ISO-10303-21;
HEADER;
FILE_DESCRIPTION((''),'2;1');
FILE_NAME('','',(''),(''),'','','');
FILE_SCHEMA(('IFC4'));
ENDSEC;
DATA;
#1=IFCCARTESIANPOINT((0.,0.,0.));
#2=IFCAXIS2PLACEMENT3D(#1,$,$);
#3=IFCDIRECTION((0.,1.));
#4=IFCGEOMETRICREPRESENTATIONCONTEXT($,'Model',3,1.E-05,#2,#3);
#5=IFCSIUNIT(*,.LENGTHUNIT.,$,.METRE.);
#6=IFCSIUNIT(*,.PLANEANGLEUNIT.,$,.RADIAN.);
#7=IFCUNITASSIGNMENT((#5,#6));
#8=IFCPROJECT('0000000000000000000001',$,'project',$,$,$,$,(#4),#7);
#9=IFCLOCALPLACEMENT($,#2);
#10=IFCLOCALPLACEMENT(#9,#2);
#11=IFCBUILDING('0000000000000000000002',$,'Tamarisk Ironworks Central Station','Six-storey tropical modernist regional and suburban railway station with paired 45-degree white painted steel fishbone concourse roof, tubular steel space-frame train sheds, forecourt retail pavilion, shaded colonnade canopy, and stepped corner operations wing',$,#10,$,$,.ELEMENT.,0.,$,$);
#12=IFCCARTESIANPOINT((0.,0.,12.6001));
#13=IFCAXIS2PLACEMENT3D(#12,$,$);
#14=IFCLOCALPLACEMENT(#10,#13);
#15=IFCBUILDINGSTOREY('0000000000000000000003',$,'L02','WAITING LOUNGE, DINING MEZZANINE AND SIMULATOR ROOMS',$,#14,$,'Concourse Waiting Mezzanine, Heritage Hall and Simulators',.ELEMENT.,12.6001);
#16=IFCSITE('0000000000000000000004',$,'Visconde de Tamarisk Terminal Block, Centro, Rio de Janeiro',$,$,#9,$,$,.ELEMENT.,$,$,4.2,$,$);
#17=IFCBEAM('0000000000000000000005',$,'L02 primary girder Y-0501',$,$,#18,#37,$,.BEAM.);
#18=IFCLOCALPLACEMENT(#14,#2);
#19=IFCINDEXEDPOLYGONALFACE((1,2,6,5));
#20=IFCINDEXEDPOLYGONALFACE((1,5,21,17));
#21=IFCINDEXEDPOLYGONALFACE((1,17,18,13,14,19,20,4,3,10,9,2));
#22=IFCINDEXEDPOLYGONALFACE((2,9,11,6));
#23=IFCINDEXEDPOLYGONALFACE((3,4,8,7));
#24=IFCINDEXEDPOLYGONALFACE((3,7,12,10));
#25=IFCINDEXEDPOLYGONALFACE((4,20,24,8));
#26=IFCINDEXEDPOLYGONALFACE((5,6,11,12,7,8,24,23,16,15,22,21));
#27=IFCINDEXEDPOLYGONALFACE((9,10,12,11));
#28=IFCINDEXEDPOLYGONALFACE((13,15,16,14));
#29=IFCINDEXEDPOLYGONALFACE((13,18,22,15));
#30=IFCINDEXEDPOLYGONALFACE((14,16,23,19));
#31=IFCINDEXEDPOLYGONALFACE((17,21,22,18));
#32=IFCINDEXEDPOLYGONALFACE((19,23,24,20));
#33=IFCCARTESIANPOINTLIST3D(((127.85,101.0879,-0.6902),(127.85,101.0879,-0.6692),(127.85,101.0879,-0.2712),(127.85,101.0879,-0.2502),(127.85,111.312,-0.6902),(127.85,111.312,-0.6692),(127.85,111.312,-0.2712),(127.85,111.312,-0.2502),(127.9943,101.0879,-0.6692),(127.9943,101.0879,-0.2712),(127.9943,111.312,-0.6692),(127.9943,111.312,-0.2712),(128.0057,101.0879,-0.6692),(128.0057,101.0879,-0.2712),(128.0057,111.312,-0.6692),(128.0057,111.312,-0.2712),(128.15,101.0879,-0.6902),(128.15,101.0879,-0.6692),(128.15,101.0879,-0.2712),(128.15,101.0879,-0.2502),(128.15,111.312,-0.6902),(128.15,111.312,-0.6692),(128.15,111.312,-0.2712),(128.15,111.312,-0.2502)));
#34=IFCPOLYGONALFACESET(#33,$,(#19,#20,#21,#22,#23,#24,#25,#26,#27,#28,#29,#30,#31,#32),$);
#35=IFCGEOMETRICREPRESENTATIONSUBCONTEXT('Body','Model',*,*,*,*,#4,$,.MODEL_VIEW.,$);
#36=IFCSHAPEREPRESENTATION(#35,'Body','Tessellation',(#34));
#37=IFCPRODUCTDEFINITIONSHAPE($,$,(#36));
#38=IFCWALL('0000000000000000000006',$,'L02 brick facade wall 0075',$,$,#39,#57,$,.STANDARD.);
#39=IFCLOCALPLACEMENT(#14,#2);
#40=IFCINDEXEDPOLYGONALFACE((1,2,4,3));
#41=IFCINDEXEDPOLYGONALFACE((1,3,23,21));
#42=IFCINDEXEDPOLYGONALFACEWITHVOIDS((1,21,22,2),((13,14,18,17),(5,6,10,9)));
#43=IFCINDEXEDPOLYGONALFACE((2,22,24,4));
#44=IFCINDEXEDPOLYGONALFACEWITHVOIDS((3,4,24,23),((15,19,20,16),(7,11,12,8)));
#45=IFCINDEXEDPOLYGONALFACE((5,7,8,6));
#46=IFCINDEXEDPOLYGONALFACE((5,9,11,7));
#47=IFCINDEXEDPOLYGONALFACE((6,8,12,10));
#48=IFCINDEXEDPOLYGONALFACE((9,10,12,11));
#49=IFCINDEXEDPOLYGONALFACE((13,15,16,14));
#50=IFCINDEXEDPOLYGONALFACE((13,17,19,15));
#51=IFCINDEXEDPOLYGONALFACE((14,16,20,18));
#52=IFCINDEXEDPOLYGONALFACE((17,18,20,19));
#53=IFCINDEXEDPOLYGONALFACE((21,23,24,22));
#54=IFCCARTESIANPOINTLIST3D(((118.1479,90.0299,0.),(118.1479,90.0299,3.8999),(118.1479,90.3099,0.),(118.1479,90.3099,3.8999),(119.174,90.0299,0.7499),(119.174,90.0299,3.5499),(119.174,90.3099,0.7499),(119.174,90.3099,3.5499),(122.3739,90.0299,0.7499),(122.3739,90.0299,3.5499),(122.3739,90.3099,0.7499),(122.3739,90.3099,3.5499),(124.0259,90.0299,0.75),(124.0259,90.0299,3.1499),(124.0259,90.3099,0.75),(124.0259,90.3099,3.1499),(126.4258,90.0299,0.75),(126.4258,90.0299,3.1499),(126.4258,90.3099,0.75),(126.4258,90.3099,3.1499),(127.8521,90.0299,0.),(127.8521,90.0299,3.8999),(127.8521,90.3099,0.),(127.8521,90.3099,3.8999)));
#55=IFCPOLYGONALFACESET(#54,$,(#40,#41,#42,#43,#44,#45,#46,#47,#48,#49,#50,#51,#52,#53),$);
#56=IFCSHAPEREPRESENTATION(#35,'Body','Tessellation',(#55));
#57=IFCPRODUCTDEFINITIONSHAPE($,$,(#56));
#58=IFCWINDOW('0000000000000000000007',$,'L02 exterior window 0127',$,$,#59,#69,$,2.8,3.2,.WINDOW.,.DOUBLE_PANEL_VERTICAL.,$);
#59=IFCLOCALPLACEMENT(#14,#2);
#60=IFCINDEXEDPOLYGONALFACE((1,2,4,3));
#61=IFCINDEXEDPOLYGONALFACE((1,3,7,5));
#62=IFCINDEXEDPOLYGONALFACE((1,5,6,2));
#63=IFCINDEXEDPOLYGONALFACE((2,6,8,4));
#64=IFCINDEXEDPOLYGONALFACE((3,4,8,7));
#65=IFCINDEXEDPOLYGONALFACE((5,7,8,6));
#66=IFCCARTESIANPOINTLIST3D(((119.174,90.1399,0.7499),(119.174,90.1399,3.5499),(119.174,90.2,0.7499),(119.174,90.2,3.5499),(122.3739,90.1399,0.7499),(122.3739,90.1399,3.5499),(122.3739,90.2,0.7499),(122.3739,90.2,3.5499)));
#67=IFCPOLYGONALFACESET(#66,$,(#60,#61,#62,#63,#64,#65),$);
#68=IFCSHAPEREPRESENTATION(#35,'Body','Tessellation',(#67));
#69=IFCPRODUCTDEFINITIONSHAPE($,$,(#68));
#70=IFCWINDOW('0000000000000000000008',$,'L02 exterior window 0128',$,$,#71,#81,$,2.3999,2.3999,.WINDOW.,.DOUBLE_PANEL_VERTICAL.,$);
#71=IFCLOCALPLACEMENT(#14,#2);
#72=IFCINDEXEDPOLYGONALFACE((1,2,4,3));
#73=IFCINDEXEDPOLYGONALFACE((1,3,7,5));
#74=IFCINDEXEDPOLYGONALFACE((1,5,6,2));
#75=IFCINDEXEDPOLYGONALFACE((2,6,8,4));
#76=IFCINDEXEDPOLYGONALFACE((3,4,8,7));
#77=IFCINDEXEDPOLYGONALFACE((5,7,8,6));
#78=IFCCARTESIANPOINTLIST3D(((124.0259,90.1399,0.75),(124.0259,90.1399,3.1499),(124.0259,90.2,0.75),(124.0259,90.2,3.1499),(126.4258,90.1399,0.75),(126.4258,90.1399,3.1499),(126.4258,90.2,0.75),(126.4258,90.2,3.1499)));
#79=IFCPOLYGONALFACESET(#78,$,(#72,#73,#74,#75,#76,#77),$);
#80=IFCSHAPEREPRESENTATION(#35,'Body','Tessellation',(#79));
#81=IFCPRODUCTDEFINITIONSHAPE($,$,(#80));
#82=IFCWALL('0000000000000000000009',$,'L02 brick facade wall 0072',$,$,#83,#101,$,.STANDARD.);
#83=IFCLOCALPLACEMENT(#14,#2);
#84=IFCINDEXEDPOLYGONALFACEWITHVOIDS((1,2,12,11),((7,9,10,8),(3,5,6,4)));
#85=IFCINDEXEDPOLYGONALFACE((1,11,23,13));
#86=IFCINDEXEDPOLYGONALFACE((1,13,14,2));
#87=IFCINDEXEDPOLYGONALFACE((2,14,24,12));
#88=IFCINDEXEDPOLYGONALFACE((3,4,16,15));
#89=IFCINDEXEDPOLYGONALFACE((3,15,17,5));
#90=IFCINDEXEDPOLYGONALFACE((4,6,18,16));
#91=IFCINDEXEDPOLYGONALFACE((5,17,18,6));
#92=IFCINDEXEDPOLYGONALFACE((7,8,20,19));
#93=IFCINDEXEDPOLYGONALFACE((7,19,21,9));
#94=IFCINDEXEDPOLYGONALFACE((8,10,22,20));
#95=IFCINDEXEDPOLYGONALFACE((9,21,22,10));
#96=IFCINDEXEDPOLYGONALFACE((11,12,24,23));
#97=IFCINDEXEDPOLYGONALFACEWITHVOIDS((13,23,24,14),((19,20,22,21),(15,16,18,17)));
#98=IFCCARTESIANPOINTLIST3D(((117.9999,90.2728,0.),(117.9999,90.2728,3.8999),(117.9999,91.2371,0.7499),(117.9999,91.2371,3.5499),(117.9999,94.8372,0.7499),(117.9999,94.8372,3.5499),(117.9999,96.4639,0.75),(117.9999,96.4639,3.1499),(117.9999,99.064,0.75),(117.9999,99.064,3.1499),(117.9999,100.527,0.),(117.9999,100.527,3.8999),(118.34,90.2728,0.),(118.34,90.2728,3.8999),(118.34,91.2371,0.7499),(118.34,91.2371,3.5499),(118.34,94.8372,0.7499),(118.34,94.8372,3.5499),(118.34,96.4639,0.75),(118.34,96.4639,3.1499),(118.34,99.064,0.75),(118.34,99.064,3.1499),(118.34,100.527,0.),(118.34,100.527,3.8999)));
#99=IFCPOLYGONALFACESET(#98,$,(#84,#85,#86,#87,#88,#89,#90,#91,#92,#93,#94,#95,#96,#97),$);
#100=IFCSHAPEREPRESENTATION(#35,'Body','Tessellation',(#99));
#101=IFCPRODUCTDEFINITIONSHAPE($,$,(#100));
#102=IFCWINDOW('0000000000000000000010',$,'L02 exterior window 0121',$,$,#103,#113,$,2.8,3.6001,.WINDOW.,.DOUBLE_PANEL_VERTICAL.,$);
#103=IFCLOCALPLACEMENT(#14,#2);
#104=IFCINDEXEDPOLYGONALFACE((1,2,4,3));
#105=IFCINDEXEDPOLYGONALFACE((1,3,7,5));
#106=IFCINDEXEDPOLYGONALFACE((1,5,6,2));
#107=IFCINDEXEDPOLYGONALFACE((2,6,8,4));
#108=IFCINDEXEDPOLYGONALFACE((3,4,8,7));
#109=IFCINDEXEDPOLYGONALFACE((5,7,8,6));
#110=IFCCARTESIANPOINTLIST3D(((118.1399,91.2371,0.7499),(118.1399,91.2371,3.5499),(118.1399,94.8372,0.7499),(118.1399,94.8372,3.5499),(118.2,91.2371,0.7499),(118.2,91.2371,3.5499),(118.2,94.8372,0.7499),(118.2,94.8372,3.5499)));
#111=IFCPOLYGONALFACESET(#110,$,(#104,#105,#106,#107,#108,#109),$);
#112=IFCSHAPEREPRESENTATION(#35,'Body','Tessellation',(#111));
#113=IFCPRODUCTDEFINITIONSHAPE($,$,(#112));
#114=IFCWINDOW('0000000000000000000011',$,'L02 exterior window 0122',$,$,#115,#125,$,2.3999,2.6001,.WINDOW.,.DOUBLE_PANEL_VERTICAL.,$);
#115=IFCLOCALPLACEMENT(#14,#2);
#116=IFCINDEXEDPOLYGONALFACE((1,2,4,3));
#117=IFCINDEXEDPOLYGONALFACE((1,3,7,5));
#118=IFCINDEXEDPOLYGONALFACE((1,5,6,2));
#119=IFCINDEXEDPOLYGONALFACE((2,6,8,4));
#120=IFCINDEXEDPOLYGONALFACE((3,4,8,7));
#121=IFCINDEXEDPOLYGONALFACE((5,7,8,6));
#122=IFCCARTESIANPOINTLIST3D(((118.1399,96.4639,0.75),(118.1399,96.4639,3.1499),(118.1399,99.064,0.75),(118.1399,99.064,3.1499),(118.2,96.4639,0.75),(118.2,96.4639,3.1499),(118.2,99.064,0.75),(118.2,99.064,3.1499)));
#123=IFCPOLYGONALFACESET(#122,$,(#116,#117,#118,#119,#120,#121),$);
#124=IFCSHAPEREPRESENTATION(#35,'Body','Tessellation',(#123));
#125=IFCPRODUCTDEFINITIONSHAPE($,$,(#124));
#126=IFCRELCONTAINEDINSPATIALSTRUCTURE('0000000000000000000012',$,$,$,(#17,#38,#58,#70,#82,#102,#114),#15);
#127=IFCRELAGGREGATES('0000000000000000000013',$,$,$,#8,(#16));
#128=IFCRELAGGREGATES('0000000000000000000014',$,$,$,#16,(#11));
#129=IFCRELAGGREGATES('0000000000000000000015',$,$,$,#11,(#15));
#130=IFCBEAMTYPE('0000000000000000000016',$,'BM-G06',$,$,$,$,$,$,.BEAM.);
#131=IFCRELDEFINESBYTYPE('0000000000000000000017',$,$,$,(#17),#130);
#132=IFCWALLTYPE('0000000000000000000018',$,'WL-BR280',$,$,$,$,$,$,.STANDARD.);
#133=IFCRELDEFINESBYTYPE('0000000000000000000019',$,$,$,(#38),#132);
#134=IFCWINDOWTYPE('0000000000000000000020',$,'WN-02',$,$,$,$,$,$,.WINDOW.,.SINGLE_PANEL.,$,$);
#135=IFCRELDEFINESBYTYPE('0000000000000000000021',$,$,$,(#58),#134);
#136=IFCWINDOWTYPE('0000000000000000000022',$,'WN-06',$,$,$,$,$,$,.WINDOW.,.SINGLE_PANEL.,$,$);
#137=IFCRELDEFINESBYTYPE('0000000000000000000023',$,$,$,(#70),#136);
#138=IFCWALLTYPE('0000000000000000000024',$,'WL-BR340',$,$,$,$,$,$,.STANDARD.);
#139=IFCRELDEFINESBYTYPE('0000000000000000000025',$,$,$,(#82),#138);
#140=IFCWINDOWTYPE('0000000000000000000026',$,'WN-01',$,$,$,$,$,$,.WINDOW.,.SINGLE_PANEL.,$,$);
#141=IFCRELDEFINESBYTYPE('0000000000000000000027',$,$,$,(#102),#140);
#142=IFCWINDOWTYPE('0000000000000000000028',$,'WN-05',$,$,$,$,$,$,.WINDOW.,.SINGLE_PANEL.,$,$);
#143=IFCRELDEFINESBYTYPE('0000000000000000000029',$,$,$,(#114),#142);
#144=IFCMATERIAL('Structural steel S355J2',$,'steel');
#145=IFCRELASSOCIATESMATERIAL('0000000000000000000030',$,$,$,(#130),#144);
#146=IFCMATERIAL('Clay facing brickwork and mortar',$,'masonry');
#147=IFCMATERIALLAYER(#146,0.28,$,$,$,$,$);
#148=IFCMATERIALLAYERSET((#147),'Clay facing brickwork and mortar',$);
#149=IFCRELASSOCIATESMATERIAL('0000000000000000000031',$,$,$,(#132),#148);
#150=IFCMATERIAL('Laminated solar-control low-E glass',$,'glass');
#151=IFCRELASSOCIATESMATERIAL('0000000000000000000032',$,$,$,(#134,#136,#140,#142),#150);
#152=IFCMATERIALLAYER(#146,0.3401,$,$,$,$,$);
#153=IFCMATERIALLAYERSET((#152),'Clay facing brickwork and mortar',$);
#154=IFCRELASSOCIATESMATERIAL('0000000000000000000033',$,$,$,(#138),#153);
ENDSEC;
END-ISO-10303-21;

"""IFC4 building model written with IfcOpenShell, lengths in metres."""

from ifc_helpers import new_model, si_unit, direction, frame, frame_2d, origin, origin_2d, place, context, subcontext, project, spatial, rectangle, i_section, extrude, material, layer, layer_set, material_profile, profile_set, type_object, element, fill, save


model = new_model("IFC4")

# Units and contexts
model_context = context("Model", 3, precision=1e-05, world=origin(), true_north=direction((0.0, 1.0)))
body_context = subcontext(model_context, "Body", "Model", "MODEL_VIEW")
ifc_project = project(units=[si_unit("LENGTHUNIT", "METRE"), si_unit("PLANEANGLEUNIT", "RADIAN")], contexts=[model_context])

# Site, building, storey
site_placement = place(None, origin())
site = spatial("IfcSite", under=ifc_project, at=site_placement, Name="Visconde de Tamarisk Terminal Block, Centro, Rio de Janeiro", CompositionType="ELEMENT", RefElevation=4.2)
building_placement = place(site_placement, origin())
building = spatial("IfcBuilding", under=site, at=building_placement, Name="Tamarisk Ironworks Central Station", Description="Six-storey tropical modernist regional and suburban railway station with paired 45-degree white painted steel fishbone concourse roof, tubular steel space-frame train sheds, forecourt retail pavilion, shaded colonnade canopy, and stepped corner operations wing", CompositionType="ELEMENT", ElevationOfRefHeight=0.0)
storey_placement = place(building_placement, frame((0.0, 0.0, 12.6001)))
storey = spatial("IfcBuildingStorey", under=building, at=storey_placement, Name="L02", Description="WAITING LOUNGE, DINING MEZZANINE AND SIMULATOR ROOMS", LongName="Concourse Waiting Mezzanine, Heritage Hall and Simulators", CompositionType="ELEMENT", Elevation=12.6001)

# Shared definitions
ifc_material_1 = material(Name="Structural steel S355J2", Category="steel")

# Beam
ifc_material_profile_1 = material_profile(ifc_material_1, i_section(OverallWidth=0.3, OverallDepth=0.4399, WebThickness=0.0115, FlangeThickness=0.021, at=origin_2d()), Name="HEA 450")
ifc_profile_set_1 = profile_set([ifc_material_profile_1], Name="Structural steel S355J2")
beam_type_1 = type_object("IfcBeamType", Name="BM-G06", PredefinedType="BEAM", material=ifc_profile_set_1)
beam_1_placement = place(storey_placement, frame((128.0, 101.0879, -0.4702), z_axis=(0.0, 1.0, 0.0), x_axis=(-1.0, 0.0, 0.0)))
element("IfcBeam", 1, at=beam_1_placement, inside=storey, type_object=beam_type_1, Name="L02 primary girder Y-0501", PredefinedType="BEAM", context=body_context, shape_type="SweptSolid", body=[
    extrude(i_section(OverallWidth=0.3, OverallDepth=0.4399, WebThickness=0.0115, FlangeThickness=0.021, at=origin_2d()), origin(), (0.0, 0.0, 1.0), 10.2241),
])

# Walls, openings, windows
ifc_material_2 = material(Name="Clay facing brickwork and mortar", Category="masonry")
ifc_layer_1 = layer(ifc_material_2, 0.28)
ifc_layer_set_1 = layer_set([ifc_layer_1], Name="Clay facing brickwork and mortar")
wall_type_1 = type_object("IfcWallType", Name="WL-BR280", PredefinedType="STANDARD", material=ifc_layer_set_1)
wall_1_placement = place(storey_placement, frame((118.1479, 90.1699, 0.0), z_axis=(0.0, 0.0, 1.0), x_axis=(1.0, 0.0, 0.0)))
wall_1 = element("IfcWall", 2, at=wall_1_placement, inside=storey, type_object=wall_type_1, Name="L02 brick facade wall 0075", PredefinedType="STANDARD", context=body_context, shape_type="SweptSolid", body=[
    extrude(rectangle(XDim=9.7041, YDim=0.28, at=frame_2d((4.8521, 0.0))), origin(), (0.0, 0.0, 1.0), 3.8999),
])
opening_1_placement = place(wall_1_placement, frame((1.0259, 0.0, 0.75)))
opening_1 = element("IfcOpeningElement", 3, at=opening_1_placement, cuts=wall_1, PredefinedType="OPENING", context=body_context, shape_type="SweptSolid", body=[
    extrude(rectangle(XDim=3.2, YDim=2.8, at=frame_2d((1.6001, 1.3999))), frame((0.0, 0.1519, 0.0), z_axis=(0.0, -1.0, 0.0), x_axis=(1.0, 0.0, 0.0)), (0.0, 0.0, 1.0), 0.304),
])
opening_2_placement = place(wall_1_placement, frame((5.8779, 0.0, 0.75)))
opening_2 = element("IfcOpeningElement", 4, at=opening_2_placement, cuts=wall_1, PredefinedType="OPENING", context=body_context, shape_type="SweptSolid", body=[
    extrude(rectangle(XDim=2.3999, YDim=2.3999, at=frame_2d((1.2, 1.2))), frame((0.0, 0.1519, 0.0), z_axis=(0.0, -1.0, 0.0), x_axis=(1.0, 0.0, 0.0)), (0.0, 0.0, 1.0), 0.304),
])
ifc_material_3 = material(Name="Laminated solar-control low-E glass", Category="glass")
window_type_1 = type_object("IfcWindowType", Name="WN-02", PartitioningType="SINGLE_PANEL", PredefinedType="WINDOW", material=ifc_material_3)
window_1_placement = place(opening_1_placement, origin())
window_1 = element("IfcWindow", 5, at=window_1_placement, inside=storey, type_object=window_type_1, Name="L02 exterior window 0127", OverallHeight=2.8, OverallWidth=3.2, PartitioningType="DOUBLE_PANEL_VERTICAL", PredefinedType="WINDOW", context=body_context, shape_type="SweptSolid", body=[
    extrude(rectangle(XDim=3.2, YDim=2.8, at=frame_2d((1.6001, 1.3999))), frame((0.0, 0.03, 0.0), z_axis=(0.0, -1.0, 0.0), x_axis=(1.0, 0.0, 0.0)), (0.0, 0.0, 1.0), 0.0601),
])
fill(opening_1, window_1)
window_type_2 = type_object("IfcWindowType", Name="WN-06", PartitioningType="SINGLE_PANEL", PredefinedType="WINDOW", material=ifc_material_3)
window_2_placement = place(opening_2_placement, origin())
window_2 = element("IfcWindow", 6, at=window_2_placement, inside=storey, type_object=window_type_2, Name="L02 exterior window 0128", OverallHeight=2.3999, OverallWidth=2.3999, PartitioningType="DOUBLE_PANEL_VERTICAL", PredefinedType="WINDOW", context=body_context, shape_type="SweptSolid", body=[
    extrude(rectangle(XDim=2.3999, YDim=2.3999, at=frame_2d((1.2, 1.2))), frame((0.0, 0.03, 0.0), z_axis=(0.0, -1.0, 0.0), x_axis=(1.0, 0.0, 0.0)), (0.0, 0.0, 1.0), 0.0601),
])
fill(opening_2, window_2)
ifc_layer_2 = layer(ifc_material_2, 0.3401)
ifc_layer_set_2 = layer_set([ifc_layer_2], Name="Clay facing brickwork and mortar")
wall_type_2 = type_object("IfcWallType", Name="WL-BR340", PredefinedType="STANDARD", material=ifc_layer_set_2)
wall_2_placement = place(storey_placement, frame((118.1699, 90.2729, 0.0), z_axis=(0.0, 0.0, 1.0), x_axis=(0.0, 1.0, 0.0)))
wall_2 = element("IfcWall", 7, at=wall_2_placement, inside=storey, type_object=wall_type_2, Name="L02 brick facade wall 0072", PredefinedType="STANDARD", context=body_context, shape_type="SweptSolid", body=[
    extrude(rectangle(XDim=10.2542, YDim=0.3401, at=frame_2d((5.127, 0.0))), origin(), (0.0, 0.0, 1.0), 3.8999),
])
opening_3_placement = place(wall_2_placement, frame((0.9641, 0.0, 0.75)))
opening_3 = element("IfcOpeningElement", 8, at=opening_3_placement, cuts=wall_2, PredefinedType="OPENING", context=body_context, shape_type="SweptSolid", body=[
    extrude(rectangle(XDim=3.6001, YDim=2.8, at=frame_2d((1.8, 1.3999))), frame((0.0, 0.1821, 0.0), z_axis=(0.0, -1.0, 0.0), x_axis=(1.0, 0.0, 0.0)), (0.0, 0.0, 1.0), 0.364),
])
opening_4_placement = place(wall_2_placement, frame((6.1909, 0.0, 0.75)))
opening_4 = element("IfcOpeningElement", 9, at=opening_4_placement, cuts=wall_2, PredefinedType="OPENING", context=body_context, shape_type="SweptSolid", body=[
    extrude(rectangle(XDim=2.6001, YDim=2.3999, at=frame_2d((1.3, 1.2))), frame((0.0, 0.1821, 0.0), z_axis=(0.0, -1.0, 0.0), x_axis=(1.0, 0.0, 0.0)), (0.0, 0.0, 1.0), 0.364),
])
window_type_3 = type_object("IfcWindowType", Name="WN-01", PartitioningType="SINGLE_PANEL", PredefinedType="WINDOW", material=ifc_material_3)
window_3_placement = place(opening_3_placement, origin())
window_3 = element("IfcWindow", 10, at=window_3_placement, inside=storey, type_object=window_type_3, Name="L02 exterior window 0121", OverallHeight=2.8, OverallWidth=3.6001, PartitioningType="DOUBLE_PANEL_VERTICAL", PredefinedType="WINDOW", context=body_context, shape_type="SweptSolid", body=[
    extrude(rectangle(XDim=3.6001, YDim=2.8, at=frame_2d((1.8, 1.3999))), frame((0.0, 0.03, 0.0), z_axis=(0.0, -1.0, 0.0), x_axis=(1.0, 0.0, 0.0)), (0.0, 0.0, 1.0), 0.0601),
])
fill(opening_3, window_3)
window_type_4 = type_object("IfcWindowType", Name="WN-05", PartitioningType="SINGLE_PANEL", PredefinedType="WINDOW", material=ifc_material_3)
window_4_placement = place(opening_4_placement, origin())
window_4 = element("IfcWindow", 11, at=window_4_placement, inside=storey, type_object=window_type_4, Name="L02 exterior window 0122", OverallHeight=2.3999, OverallWidth=2.6001, PartitioningType="DOUBLE_PANEL_VERTICAL", PredefinedType="WINDOW", context=body_context, shape_type="SweptSolid", body=[
    extrude(rectangle(XDim=2.6001, YDim=2.3999, at=frame_2d((1.3, 1.2))), frame((0.0, 0.03, 0.0), z_axis=(0.0, -1.0, 0.0), x_axis=(1.0, 0.0, 0.0)), (0.0, 0.0, 1.0), 0.0601),
])
fill(opening_4, window_4)

save(model, "model.ifc")
